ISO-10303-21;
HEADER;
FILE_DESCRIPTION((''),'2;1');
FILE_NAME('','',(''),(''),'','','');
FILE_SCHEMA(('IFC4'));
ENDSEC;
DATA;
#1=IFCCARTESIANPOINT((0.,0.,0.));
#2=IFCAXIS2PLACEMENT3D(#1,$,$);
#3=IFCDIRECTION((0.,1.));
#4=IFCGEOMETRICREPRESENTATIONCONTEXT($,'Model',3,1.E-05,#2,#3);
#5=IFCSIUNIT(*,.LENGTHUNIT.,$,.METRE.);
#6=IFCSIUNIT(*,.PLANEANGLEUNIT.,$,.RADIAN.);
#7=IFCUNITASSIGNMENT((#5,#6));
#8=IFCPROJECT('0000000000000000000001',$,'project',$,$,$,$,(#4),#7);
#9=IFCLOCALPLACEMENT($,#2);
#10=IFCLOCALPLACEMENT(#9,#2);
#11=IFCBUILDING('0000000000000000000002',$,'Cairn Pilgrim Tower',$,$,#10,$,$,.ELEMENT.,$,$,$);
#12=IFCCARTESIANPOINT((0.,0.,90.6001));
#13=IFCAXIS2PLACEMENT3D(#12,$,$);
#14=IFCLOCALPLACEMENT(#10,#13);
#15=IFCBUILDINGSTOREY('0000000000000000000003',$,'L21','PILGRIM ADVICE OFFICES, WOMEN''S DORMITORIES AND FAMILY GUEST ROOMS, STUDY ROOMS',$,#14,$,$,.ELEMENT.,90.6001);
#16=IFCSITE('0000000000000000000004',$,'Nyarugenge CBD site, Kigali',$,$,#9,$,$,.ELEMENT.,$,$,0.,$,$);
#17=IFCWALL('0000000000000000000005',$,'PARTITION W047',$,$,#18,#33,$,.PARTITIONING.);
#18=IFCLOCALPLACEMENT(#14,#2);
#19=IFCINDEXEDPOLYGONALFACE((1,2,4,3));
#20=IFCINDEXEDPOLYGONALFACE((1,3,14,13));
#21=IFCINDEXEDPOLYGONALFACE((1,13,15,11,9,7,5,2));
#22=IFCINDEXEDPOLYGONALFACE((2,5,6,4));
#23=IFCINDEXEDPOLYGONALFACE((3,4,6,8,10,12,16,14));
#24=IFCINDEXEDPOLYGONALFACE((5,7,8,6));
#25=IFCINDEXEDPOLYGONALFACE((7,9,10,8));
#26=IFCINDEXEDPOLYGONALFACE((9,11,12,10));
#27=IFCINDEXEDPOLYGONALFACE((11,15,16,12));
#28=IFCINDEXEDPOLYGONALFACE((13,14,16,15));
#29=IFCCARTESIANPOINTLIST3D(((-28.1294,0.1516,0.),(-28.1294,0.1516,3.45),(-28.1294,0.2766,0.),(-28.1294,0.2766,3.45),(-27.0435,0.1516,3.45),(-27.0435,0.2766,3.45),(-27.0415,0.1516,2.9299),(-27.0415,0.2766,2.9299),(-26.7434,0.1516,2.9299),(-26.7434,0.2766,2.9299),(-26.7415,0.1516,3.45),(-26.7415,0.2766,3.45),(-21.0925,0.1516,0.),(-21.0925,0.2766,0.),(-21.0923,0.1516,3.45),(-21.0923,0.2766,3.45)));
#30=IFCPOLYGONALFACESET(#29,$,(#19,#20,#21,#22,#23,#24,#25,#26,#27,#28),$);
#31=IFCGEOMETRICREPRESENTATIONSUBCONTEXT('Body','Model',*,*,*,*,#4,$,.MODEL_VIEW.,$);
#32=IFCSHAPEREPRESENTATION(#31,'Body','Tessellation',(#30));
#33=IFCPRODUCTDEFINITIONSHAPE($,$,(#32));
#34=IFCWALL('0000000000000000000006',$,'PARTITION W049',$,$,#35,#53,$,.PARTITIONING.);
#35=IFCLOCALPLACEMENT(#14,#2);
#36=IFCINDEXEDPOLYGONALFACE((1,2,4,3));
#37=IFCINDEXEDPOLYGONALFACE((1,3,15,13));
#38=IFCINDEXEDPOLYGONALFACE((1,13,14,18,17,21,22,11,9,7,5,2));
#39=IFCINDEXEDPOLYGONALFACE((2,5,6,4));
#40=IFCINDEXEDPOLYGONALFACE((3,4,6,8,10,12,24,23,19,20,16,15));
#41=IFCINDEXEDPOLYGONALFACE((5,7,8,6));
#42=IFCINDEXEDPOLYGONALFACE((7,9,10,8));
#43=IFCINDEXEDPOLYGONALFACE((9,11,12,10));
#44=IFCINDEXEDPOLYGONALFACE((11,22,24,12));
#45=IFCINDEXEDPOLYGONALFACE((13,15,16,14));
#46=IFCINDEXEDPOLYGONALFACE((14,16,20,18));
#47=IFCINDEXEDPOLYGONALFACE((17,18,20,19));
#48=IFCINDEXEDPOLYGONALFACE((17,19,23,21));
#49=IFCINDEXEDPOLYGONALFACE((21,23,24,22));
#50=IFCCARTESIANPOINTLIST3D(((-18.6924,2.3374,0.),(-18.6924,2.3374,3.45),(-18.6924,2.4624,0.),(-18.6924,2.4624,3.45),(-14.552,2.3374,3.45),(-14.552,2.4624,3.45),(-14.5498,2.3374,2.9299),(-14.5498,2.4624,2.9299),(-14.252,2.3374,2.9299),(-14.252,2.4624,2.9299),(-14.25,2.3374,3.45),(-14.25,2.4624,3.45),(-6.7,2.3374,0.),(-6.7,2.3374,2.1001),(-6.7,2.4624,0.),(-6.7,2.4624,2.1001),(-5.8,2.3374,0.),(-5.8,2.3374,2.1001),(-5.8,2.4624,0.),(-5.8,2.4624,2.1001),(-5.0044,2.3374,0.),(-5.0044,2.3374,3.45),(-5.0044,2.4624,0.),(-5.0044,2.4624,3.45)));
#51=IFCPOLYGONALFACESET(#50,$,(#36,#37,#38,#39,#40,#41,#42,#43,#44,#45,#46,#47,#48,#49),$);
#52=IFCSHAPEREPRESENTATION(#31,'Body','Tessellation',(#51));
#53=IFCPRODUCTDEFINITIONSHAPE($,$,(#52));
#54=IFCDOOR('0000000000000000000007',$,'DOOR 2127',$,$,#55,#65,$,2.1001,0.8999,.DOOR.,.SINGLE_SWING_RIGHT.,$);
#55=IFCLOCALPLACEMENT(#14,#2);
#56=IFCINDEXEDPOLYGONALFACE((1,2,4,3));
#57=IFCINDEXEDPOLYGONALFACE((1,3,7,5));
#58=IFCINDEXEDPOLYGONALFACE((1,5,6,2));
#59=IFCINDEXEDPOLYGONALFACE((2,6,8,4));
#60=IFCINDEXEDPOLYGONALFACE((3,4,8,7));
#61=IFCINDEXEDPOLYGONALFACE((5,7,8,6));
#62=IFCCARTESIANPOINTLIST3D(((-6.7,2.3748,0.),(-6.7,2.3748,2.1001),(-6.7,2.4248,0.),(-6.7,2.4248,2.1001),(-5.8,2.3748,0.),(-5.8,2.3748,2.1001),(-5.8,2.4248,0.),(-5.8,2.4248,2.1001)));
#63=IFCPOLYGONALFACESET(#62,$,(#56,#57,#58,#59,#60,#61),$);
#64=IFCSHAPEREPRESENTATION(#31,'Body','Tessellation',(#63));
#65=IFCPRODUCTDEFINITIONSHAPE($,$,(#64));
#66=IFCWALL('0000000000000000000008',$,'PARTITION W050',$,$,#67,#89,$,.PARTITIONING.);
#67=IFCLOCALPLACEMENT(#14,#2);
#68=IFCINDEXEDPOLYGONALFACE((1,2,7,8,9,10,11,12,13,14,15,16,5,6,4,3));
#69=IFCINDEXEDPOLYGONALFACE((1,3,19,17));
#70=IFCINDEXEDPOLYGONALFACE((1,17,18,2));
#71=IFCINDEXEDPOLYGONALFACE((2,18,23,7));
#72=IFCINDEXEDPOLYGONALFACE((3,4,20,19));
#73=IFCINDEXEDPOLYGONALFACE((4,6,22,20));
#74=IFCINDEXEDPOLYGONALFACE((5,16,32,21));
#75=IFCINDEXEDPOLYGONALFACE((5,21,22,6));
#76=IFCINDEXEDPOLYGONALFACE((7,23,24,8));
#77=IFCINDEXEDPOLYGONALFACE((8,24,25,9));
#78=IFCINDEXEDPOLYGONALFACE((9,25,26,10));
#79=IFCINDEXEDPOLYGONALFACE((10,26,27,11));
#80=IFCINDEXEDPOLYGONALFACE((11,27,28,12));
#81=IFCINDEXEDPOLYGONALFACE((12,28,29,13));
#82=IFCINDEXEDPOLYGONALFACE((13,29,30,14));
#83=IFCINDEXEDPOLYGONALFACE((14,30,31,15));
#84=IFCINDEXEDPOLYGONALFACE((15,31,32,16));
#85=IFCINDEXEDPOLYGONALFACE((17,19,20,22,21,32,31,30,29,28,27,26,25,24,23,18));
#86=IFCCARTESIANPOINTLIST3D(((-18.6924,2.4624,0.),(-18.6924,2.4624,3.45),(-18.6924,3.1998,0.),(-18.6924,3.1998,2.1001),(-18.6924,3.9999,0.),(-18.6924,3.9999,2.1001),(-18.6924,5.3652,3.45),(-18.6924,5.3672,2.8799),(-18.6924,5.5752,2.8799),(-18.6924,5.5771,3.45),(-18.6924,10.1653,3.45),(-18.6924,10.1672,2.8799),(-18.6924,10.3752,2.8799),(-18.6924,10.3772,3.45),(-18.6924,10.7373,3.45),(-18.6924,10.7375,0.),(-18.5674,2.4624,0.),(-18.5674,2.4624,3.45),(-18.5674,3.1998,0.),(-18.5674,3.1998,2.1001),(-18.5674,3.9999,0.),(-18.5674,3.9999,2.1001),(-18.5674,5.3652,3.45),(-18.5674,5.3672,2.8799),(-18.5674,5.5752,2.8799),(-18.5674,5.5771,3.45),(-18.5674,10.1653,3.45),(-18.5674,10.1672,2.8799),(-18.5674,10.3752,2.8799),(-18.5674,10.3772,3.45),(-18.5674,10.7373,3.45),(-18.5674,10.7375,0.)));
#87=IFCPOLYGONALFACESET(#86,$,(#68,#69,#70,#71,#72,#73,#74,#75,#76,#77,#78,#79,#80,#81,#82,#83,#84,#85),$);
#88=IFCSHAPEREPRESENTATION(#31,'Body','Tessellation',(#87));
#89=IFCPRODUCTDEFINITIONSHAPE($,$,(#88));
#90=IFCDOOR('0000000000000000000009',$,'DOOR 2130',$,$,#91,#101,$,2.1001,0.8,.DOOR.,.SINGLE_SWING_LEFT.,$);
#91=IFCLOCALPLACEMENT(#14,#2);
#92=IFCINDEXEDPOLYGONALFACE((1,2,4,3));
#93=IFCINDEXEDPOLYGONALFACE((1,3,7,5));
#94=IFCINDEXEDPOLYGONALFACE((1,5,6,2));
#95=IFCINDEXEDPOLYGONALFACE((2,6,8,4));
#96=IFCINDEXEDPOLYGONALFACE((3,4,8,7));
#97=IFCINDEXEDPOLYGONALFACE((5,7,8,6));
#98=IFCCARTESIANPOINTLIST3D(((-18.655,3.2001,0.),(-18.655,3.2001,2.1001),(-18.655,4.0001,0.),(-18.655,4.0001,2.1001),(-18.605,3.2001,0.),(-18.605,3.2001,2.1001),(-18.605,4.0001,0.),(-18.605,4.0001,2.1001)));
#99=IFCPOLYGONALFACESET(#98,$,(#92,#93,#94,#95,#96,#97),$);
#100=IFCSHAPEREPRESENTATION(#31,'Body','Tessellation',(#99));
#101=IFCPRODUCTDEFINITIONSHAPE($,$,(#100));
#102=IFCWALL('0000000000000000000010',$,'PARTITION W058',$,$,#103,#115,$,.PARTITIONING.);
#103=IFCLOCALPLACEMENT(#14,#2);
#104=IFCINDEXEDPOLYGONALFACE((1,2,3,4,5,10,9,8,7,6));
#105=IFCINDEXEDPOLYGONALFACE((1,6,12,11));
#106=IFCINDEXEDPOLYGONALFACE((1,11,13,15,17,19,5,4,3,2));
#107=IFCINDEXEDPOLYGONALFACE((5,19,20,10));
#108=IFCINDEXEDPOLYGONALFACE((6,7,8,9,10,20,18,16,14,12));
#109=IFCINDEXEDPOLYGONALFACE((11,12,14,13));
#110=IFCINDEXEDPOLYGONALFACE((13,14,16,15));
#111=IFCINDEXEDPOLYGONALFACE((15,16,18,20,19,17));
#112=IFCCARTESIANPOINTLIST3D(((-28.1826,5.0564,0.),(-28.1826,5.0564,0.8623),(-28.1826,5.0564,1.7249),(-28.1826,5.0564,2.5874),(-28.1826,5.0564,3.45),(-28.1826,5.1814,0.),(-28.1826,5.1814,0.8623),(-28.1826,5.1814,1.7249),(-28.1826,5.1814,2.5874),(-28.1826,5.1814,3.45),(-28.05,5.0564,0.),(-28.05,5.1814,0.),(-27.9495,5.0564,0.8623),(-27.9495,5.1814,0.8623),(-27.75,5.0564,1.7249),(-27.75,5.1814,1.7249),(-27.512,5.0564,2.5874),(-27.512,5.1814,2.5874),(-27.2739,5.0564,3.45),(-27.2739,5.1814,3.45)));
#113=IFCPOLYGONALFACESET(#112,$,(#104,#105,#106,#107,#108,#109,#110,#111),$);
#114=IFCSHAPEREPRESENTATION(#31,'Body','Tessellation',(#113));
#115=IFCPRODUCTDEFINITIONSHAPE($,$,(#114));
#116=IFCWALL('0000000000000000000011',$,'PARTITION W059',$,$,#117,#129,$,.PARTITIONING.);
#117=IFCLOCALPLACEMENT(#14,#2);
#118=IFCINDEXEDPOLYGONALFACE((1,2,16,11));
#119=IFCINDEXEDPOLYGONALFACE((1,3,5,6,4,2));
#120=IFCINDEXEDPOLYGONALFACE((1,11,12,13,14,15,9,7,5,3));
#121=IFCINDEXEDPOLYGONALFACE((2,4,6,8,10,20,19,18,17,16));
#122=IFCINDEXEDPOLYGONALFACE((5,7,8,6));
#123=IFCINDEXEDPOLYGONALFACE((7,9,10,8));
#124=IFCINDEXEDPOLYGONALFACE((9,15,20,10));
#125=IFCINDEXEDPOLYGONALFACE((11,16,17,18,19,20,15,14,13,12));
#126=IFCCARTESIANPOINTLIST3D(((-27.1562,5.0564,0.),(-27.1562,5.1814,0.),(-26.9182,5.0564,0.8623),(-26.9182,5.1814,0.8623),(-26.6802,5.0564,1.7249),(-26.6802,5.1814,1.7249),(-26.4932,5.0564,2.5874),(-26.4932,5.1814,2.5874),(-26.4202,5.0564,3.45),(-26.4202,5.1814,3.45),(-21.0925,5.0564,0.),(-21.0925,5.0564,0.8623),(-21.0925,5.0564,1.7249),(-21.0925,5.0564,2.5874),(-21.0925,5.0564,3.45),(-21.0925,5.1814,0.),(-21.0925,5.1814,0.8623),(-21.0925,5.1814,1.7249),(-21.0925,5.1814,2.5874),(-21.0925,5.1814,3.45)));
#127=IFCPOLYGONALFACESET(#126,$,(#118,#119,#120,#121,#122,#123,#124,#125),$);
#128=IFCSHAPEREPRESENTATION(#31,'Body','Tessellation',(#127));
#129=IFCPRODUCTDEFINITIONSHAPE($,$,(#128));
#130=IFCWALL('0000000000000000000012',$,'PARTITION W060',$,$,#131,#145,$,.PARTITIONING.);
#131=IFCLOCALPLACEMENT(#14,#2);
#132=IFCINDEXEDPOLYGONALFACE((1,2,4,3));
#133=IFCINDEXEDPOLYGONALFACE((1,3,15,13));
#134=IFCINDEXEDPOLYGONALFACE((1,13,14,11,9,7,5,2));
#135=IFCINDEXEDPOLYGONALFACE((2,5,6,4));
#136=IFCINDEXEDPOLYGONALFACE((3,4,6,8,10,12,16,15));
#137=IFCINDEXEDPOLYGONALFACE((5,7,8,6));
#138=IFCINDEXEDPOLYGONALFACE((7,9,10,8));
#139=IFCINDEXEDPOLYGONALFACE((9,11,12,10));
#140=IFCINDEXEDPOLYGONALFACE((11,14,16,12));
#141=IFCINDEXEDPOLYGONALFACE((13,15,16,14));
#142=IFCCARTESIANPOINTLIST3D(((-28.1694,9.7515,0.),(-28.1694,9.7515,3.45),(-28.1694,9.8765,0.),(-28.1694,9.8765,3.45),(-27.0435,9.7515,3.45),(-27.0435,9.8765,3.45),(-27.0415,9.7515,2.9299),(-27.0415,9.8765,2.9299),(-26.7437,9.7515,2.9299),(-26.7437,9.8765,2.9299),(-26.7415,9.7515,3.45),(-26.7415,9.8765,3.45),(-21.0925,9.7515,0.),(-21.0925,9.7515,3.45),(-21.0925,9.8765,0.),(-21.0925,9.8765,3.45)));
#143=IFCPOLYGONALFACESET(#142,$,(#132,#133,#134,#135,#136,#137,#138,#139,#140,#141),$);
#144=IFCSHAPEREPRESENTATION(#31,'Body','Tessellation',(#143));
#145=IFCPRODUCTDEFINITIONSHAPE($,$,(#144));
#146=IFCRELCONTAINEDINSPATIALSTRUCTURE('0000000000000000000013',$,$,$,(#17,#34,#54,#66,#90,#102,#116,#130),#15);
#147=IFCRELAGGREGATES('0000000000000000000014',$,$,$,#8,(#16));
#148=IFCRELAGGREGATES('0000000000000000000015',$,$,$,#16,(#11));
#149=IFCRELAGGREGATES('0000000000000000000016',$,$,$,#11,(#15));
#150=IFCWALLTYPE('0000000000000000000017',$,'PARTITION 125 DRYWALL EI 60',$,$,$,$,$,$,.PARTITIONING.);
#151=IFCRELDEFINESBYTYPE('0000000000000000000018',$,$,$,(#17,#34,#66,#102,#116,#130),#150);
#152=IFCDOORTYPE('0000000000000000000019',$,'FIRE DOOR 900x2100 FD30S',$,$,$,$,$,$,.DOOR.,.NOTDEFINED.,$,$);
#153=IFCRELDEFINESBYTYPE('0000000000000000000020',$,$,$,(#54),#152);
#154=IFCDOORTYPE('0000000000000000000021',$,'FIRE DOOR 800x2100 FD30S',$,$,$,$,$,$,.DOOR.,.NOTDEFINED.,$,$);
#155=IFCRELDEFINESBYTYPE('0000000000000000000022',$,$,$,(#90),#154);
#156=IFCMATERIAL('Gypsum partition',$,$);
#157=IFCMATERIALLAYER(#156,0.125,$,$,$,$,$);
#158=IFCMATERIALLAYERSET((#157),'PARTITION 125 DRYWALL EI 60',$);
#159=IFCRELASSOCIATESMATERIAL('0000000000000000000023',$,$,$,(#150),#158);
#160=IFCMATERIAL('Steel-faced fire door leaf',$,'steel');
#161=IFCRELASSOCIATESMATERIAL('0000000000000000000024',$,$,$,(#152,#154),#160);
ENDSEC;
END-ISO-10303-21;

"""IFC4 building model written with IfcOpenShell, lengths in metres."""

from ifc_helpers import new_model, si_unit, direction, frame, frame_2d, origin, place, context, subcontext, project, spatial, polyline, rectangle, outline, extrude, material, layer, layer_set, type_object, element, fill, save


model = new_model("IFC4")

# Units and contexts
model_context = context("Model", 3, precision=1e-05, world=origin(), true_north=direction((0.0, 1.0)))
body_context = subcontext(model_context, "Body", "Model", "MODEL_VIEW")
ifc_project = project(units=[si_unit("LENGTHUNIT", "METRE"), si_unit("PLANEANGLEUNIT", "RADIAN")], contexts=[model_context])

# Site, building, storey
site_placement = place(None, origin())
site = spatial("IfcSite", under=ifc_project, at=site_placement, Name="Nyarugenge CBD site, Kigali", CompositionType="ELEMENT", RefElevation=0.0)
building_placement = place(site_placement, origin())
building = spatial("IfcBuilding", under=site, at=building_placement, Name="Cairn Pilgrim Tower", CompositionType="ELEMENT")
storey_placement = place(building_placement, frame((0.0, 0.0, 90.6001)))
storey = spatial("IfcBuildingStorey", under=building, at=storey_placement, Name="L21", Description="PILGRIM ADVICE OFFICES, WOMEN'S DORMITORIES AND FAMILY GUEST ROOMS, STUDY ROOMS", CompositionType="ELEMENT", Elevation=90.6001)

# Wall
ifc_material_1 = material(Name="Gypsum partition")
ifc_layer_1 = layer(ifc_material_1, 0.125)
ifc_layer_set_1 = layer_set([ifc_layer_1], Name="PARTITION 125 DRYWALL EI 60")
wall_type_1 = type_object("IfcWallType", Name="PARTITION 125 DRYWALL EI 60", PredefinedType="PARTITIONING", material=ifc_layer_set_1)
wall_1_placement = place(storey_placement, frame((-28.1294, 0.2141, 0.0), z_axis=(0.0, 0.0, 1.0), x_axis=(1.0, 0.0, 0.0)))
element("IfcWall", 1, at=wall_1_placement, inside=storey, type_object=wall_type_1, Name="PARTITION W047", PredefinedType="PARTITIONING", context=body_context, shape_type="SweptSolid", body=[
    extrude(outline(polyline([(0.0, 0.0), (7.0369, 0.0), (7.0371, 3.45), (1.3879, 3.45), (1.386, 2.9299), (1.0879, 2.9299), (1.0859, 3.45), (0.0, 3.45), (0.0, 0.0)])), frame((0.0, 0.0625, 0.0), z_axis=(0.0, -1.0, 0.0), x_axis=(1.0, 0.0, 0.0)), (0.0, 0.0, 1.0), 0.125),
])

# Walls, openings, doors
wall_2_placement = place(storey_placement, frame((-18.6924, 2.3999, 0.0), z_axis=(0.0, 0.0, 1.0), x_axis=(1.0, 0.0, 0.0)))
wall_2 = element("IfcWall", 2, at=wall_2_placement, inside=storey, type_object=wall_type_1, Name="PARTITION W049", PredefinedType="PARTITIONING", context=body_context, shape_type="SweptSolid", body=[
    extrude(outline(polyline([(0.0, 0.0), (13.688, 0.0), (13.688, 3.45), (4.4424, 3.45), (4.4404, 2.9299), (4.1426, 2.9299), (4.1404, 3.45), (0.0, 3.45), (0.0, 0.0)])), frame((0.0, 0.0625, 0.0), z_axis=(0.0, -1.0, 0.0), x_axis=(1.0, 0.0, 0.0)), (0.0, 0.0, 1.0), 0.125),
])
opening_1_placement = place(wall_2_placement, frame((11.9924, 0.0, 0.0)))
opening_1 = element("IfcOpeningElement", 3, at=opening_1_placement, cuts=wall_2, PredefinedType="OPENING", context=body_context, shape_type="SweptSolid", body=[
    extrude(rectangle(XDim=0.8999, YDim=2.1001, at=frame_2d((0.45, 1.05))), frame((0.0, 0.0725, 0.0), z_axis=(0.0, -1.0, 0.0), x_axis=(1.0, 0.0, 0.0)), (0.0, 0.0, 1.0), 0.145),
])
ifc_material_2 = material(Name="Steel-faced fire door leaf", Category="steel")
door_type_1 = type_object("IfcDoorType", Name="FIRE DOOR 900x2100 FD30S", OperationType="NOTDEFINED", PredefinedType="DOOR", material=ifc_material_2)
door_1_placement = place(opening_1_placement, origin())
door_1 = element("IfcDoor", 4, at=door_1_placement, inside=storey, type_object=door_type_1, Name="DOOR 2127", OperationType="SINGLE_SWING_RIGHT", OverallHeight=2.1001, OverallWidth=0.8999, PredefinedType="DOOR", context=body_context, shape_type="SweptSolid", body=[
    extrude(rectangle(XDim=0.8999, YDim=2.1001, at=frame_2d((0.45, 1.05))), frame((0.0, 0.0249, 0.0), z_axis=(0.0, -1.0, 0.0), x_axis=(1.0, 0.0, 0.0)), (0.0, 0.0, 1.0), 0.05),
])
fill(opening_1, door_1)
wall_3_placement = place(storey_placement, frame((-18.6299, 2.4624, 0.0), z_axis=(0.0, 0.0, 1.0), x_axis=(0.0, 1.0, 0.0)))
wall_3 = element("IfcWall", 5, at=wall_3_placement, inside=storey, type_object=wall_type_1, Name="PARTITION W050", PredefinedType="PARTITIONING", context=body_context, shape_type="SweptSolid", body=[
    extrude(outline(polyline([(0.0, 0.0), (8.2751, 0.0), (8.2749, 3.45), (7.9148, 3.45), (7.9128, 2.8799), (7.7048, 2.8799), (7.7029, 3.45), (3.1147, 3.45), (3.1128, 2.8799), (2.9048, 2.8799), (2.9028, 3.45), (0.0, 3.45), (0.0, 0.0)])), frame((0.0, 0.0625, 0.0), z_axis=(0.0, -1.0, 0.0), x_axis=(1.0, 0.0, 0.0)), (0.0, 0.0, 1.0), 0.125),
])
opening_2_placement = place(wall_3_placement, frame((0.7375, 0.0, 0.0)))
opening_2 = element("IfcOpeningElement", 6, at=opening_2_placement, cuts=wall_3, PredefinedType="OPENING", context=body_context, shape_type="SweptSolid", body=[
    extrude(rectangle(XDim=0.8, YDim=2.1001, at=frame_2d((0.3999, 1.05))), frame((0.0, 0.0725, 0.0), z_axis=(0.0, -1.0, 0.0), x_axis=(1.0, 0.0, 0.0)), (0.0, 0.0, 1.0), 0.145),
])
door_type_2 = type_object("IfcDoorType", Name="FIRE DOOR 800x2100 FD30S", OperationType="NOTDEFINED", PredefinedType="DOOR", material=ifc_material_2)
door_2_placement = place(opening_2_placement, frame((0.8, 0.0, 0.0), z_axis=(0.0, 0.0, 1.0), x_axis=(-1.0, 0.0, 0.0)))
door_2 = element("IfcDoor", 7, at=door_2_placement, inside=storey, type_object=door_type_2, Name="DOOR 2130", OperationType="SINGLE_SWING_LEFT", OverallHeight=2.1001, OverallWidth=0.8, PredefinedType="DOOR", context=body_context, shape_type="SweptSolid", body=[
    extrude(rectangle(XDim=0.8, YDim=2.1001, at=frame_2d((0.3999, 1.05))), frame((0.0, 0.0249, 0.0), z_axis=(0.0, -1.0, 0.0), x_axis=(1.0, 0.0, 0.0)), (0.0, 0.0, 1.0), 0.05),
])
fill(opening_2, door_2)

# Walls
wall_4_placement = place(storey_placement, frame((-28.1826, 5.1189, 0.0), z_axis=(0.0, 0.0, 1.0), x_axis=(1.0, 0.0, 0.0)))
element("IfcWall", 8, at=wall_4_placement, inside=storey, type_object=wall_type_1, Name="PARTITION W058", PredefinedType="PARTITIONING", context=body_context, shape_type="SweptSolid", body=[
    extrude(outline(polyline([(0.0, 0.0), (0.1326, 0.0), (0.2332, 0.8623), (0.4326, 1.7249), (0.6707, 2.5874), (0.9087, 3.45), (0.0, 3.45), (0.0, 2.5874), (0.0, 1.7249), (0.0, 0.8623), (0.0, 0.0)])), frame((0.0, 0.0625, 0.0), z_axis=(0.0, -1.0, 0.0), x_axis=(1.0, 0.0, 0.0)), (0.0, 0.0, 1.0), 0.125),
])
wall_5_placement = place(storey_placement, frame((-27.1562, 5.1189, 0.0), z_axis=(0.0, 0.0, 1.0), x_axis=(1.0, 0.0, 0.0)))
element("IfcWall", 9, at=wall_5_placement, inside=storey, type_object=wall_type_1, Name="PARTITION W059", PredefinedType="PARTITIONING", context=body_context, shape_type="SweptSolid", body=[
    extrude(outline(polyline([(0.0, 0.0), (6.0637, 0.0), (6.0637, 0.8623), (6.0637, 1.7249), (6.0637, 2.5874), (6.0637, 3.45), (0.7361, 3.45), (0.6631, 2.5874), (0.4761, 1.7249), (0.238, 0.8623), (0.0, 0.0)])), frame((0.0, 0.0625, 0.0), z_axis=(0.0, -1.0, 0.0), x_axis=(1.0, 0.0, 0.0)), (0.0, 0.0, 1.0), 0.125),
])
wall_6_placement = place(storey_placement, frame((-28.1694, 9.814, 0.0), z_axis=(0.0, 0.0, 1.0), x_axis=(1.0, 0.0, 0.0)))
element("IfcWall", 10, at=wall_6_placement, inside=storey, type_object=wall_type_1, Name="PARTITION W060", PredefinedType="PARTITIONING", context=body_context, shape_type="SweptSolid", body=[
    extrude(outline(polyline([(0.0, 0.0), (7.0769, 0.0), (7.0769, 3.45), (1.428, 3.45), (1.4258, 2.9299), (1.1279, 2.9299), (1.126, 3.45), (0.0, 3.45), (0.0, 0.0)])), frame((0.0, 0.0625, 0.0), z_axis=(0.0, -1.0, 0.0), x_axis=(1.0, 0.0, 0.0)), (0.0, 0.0, 1.0), 0.125),
])

save(model, "model.ifc")
